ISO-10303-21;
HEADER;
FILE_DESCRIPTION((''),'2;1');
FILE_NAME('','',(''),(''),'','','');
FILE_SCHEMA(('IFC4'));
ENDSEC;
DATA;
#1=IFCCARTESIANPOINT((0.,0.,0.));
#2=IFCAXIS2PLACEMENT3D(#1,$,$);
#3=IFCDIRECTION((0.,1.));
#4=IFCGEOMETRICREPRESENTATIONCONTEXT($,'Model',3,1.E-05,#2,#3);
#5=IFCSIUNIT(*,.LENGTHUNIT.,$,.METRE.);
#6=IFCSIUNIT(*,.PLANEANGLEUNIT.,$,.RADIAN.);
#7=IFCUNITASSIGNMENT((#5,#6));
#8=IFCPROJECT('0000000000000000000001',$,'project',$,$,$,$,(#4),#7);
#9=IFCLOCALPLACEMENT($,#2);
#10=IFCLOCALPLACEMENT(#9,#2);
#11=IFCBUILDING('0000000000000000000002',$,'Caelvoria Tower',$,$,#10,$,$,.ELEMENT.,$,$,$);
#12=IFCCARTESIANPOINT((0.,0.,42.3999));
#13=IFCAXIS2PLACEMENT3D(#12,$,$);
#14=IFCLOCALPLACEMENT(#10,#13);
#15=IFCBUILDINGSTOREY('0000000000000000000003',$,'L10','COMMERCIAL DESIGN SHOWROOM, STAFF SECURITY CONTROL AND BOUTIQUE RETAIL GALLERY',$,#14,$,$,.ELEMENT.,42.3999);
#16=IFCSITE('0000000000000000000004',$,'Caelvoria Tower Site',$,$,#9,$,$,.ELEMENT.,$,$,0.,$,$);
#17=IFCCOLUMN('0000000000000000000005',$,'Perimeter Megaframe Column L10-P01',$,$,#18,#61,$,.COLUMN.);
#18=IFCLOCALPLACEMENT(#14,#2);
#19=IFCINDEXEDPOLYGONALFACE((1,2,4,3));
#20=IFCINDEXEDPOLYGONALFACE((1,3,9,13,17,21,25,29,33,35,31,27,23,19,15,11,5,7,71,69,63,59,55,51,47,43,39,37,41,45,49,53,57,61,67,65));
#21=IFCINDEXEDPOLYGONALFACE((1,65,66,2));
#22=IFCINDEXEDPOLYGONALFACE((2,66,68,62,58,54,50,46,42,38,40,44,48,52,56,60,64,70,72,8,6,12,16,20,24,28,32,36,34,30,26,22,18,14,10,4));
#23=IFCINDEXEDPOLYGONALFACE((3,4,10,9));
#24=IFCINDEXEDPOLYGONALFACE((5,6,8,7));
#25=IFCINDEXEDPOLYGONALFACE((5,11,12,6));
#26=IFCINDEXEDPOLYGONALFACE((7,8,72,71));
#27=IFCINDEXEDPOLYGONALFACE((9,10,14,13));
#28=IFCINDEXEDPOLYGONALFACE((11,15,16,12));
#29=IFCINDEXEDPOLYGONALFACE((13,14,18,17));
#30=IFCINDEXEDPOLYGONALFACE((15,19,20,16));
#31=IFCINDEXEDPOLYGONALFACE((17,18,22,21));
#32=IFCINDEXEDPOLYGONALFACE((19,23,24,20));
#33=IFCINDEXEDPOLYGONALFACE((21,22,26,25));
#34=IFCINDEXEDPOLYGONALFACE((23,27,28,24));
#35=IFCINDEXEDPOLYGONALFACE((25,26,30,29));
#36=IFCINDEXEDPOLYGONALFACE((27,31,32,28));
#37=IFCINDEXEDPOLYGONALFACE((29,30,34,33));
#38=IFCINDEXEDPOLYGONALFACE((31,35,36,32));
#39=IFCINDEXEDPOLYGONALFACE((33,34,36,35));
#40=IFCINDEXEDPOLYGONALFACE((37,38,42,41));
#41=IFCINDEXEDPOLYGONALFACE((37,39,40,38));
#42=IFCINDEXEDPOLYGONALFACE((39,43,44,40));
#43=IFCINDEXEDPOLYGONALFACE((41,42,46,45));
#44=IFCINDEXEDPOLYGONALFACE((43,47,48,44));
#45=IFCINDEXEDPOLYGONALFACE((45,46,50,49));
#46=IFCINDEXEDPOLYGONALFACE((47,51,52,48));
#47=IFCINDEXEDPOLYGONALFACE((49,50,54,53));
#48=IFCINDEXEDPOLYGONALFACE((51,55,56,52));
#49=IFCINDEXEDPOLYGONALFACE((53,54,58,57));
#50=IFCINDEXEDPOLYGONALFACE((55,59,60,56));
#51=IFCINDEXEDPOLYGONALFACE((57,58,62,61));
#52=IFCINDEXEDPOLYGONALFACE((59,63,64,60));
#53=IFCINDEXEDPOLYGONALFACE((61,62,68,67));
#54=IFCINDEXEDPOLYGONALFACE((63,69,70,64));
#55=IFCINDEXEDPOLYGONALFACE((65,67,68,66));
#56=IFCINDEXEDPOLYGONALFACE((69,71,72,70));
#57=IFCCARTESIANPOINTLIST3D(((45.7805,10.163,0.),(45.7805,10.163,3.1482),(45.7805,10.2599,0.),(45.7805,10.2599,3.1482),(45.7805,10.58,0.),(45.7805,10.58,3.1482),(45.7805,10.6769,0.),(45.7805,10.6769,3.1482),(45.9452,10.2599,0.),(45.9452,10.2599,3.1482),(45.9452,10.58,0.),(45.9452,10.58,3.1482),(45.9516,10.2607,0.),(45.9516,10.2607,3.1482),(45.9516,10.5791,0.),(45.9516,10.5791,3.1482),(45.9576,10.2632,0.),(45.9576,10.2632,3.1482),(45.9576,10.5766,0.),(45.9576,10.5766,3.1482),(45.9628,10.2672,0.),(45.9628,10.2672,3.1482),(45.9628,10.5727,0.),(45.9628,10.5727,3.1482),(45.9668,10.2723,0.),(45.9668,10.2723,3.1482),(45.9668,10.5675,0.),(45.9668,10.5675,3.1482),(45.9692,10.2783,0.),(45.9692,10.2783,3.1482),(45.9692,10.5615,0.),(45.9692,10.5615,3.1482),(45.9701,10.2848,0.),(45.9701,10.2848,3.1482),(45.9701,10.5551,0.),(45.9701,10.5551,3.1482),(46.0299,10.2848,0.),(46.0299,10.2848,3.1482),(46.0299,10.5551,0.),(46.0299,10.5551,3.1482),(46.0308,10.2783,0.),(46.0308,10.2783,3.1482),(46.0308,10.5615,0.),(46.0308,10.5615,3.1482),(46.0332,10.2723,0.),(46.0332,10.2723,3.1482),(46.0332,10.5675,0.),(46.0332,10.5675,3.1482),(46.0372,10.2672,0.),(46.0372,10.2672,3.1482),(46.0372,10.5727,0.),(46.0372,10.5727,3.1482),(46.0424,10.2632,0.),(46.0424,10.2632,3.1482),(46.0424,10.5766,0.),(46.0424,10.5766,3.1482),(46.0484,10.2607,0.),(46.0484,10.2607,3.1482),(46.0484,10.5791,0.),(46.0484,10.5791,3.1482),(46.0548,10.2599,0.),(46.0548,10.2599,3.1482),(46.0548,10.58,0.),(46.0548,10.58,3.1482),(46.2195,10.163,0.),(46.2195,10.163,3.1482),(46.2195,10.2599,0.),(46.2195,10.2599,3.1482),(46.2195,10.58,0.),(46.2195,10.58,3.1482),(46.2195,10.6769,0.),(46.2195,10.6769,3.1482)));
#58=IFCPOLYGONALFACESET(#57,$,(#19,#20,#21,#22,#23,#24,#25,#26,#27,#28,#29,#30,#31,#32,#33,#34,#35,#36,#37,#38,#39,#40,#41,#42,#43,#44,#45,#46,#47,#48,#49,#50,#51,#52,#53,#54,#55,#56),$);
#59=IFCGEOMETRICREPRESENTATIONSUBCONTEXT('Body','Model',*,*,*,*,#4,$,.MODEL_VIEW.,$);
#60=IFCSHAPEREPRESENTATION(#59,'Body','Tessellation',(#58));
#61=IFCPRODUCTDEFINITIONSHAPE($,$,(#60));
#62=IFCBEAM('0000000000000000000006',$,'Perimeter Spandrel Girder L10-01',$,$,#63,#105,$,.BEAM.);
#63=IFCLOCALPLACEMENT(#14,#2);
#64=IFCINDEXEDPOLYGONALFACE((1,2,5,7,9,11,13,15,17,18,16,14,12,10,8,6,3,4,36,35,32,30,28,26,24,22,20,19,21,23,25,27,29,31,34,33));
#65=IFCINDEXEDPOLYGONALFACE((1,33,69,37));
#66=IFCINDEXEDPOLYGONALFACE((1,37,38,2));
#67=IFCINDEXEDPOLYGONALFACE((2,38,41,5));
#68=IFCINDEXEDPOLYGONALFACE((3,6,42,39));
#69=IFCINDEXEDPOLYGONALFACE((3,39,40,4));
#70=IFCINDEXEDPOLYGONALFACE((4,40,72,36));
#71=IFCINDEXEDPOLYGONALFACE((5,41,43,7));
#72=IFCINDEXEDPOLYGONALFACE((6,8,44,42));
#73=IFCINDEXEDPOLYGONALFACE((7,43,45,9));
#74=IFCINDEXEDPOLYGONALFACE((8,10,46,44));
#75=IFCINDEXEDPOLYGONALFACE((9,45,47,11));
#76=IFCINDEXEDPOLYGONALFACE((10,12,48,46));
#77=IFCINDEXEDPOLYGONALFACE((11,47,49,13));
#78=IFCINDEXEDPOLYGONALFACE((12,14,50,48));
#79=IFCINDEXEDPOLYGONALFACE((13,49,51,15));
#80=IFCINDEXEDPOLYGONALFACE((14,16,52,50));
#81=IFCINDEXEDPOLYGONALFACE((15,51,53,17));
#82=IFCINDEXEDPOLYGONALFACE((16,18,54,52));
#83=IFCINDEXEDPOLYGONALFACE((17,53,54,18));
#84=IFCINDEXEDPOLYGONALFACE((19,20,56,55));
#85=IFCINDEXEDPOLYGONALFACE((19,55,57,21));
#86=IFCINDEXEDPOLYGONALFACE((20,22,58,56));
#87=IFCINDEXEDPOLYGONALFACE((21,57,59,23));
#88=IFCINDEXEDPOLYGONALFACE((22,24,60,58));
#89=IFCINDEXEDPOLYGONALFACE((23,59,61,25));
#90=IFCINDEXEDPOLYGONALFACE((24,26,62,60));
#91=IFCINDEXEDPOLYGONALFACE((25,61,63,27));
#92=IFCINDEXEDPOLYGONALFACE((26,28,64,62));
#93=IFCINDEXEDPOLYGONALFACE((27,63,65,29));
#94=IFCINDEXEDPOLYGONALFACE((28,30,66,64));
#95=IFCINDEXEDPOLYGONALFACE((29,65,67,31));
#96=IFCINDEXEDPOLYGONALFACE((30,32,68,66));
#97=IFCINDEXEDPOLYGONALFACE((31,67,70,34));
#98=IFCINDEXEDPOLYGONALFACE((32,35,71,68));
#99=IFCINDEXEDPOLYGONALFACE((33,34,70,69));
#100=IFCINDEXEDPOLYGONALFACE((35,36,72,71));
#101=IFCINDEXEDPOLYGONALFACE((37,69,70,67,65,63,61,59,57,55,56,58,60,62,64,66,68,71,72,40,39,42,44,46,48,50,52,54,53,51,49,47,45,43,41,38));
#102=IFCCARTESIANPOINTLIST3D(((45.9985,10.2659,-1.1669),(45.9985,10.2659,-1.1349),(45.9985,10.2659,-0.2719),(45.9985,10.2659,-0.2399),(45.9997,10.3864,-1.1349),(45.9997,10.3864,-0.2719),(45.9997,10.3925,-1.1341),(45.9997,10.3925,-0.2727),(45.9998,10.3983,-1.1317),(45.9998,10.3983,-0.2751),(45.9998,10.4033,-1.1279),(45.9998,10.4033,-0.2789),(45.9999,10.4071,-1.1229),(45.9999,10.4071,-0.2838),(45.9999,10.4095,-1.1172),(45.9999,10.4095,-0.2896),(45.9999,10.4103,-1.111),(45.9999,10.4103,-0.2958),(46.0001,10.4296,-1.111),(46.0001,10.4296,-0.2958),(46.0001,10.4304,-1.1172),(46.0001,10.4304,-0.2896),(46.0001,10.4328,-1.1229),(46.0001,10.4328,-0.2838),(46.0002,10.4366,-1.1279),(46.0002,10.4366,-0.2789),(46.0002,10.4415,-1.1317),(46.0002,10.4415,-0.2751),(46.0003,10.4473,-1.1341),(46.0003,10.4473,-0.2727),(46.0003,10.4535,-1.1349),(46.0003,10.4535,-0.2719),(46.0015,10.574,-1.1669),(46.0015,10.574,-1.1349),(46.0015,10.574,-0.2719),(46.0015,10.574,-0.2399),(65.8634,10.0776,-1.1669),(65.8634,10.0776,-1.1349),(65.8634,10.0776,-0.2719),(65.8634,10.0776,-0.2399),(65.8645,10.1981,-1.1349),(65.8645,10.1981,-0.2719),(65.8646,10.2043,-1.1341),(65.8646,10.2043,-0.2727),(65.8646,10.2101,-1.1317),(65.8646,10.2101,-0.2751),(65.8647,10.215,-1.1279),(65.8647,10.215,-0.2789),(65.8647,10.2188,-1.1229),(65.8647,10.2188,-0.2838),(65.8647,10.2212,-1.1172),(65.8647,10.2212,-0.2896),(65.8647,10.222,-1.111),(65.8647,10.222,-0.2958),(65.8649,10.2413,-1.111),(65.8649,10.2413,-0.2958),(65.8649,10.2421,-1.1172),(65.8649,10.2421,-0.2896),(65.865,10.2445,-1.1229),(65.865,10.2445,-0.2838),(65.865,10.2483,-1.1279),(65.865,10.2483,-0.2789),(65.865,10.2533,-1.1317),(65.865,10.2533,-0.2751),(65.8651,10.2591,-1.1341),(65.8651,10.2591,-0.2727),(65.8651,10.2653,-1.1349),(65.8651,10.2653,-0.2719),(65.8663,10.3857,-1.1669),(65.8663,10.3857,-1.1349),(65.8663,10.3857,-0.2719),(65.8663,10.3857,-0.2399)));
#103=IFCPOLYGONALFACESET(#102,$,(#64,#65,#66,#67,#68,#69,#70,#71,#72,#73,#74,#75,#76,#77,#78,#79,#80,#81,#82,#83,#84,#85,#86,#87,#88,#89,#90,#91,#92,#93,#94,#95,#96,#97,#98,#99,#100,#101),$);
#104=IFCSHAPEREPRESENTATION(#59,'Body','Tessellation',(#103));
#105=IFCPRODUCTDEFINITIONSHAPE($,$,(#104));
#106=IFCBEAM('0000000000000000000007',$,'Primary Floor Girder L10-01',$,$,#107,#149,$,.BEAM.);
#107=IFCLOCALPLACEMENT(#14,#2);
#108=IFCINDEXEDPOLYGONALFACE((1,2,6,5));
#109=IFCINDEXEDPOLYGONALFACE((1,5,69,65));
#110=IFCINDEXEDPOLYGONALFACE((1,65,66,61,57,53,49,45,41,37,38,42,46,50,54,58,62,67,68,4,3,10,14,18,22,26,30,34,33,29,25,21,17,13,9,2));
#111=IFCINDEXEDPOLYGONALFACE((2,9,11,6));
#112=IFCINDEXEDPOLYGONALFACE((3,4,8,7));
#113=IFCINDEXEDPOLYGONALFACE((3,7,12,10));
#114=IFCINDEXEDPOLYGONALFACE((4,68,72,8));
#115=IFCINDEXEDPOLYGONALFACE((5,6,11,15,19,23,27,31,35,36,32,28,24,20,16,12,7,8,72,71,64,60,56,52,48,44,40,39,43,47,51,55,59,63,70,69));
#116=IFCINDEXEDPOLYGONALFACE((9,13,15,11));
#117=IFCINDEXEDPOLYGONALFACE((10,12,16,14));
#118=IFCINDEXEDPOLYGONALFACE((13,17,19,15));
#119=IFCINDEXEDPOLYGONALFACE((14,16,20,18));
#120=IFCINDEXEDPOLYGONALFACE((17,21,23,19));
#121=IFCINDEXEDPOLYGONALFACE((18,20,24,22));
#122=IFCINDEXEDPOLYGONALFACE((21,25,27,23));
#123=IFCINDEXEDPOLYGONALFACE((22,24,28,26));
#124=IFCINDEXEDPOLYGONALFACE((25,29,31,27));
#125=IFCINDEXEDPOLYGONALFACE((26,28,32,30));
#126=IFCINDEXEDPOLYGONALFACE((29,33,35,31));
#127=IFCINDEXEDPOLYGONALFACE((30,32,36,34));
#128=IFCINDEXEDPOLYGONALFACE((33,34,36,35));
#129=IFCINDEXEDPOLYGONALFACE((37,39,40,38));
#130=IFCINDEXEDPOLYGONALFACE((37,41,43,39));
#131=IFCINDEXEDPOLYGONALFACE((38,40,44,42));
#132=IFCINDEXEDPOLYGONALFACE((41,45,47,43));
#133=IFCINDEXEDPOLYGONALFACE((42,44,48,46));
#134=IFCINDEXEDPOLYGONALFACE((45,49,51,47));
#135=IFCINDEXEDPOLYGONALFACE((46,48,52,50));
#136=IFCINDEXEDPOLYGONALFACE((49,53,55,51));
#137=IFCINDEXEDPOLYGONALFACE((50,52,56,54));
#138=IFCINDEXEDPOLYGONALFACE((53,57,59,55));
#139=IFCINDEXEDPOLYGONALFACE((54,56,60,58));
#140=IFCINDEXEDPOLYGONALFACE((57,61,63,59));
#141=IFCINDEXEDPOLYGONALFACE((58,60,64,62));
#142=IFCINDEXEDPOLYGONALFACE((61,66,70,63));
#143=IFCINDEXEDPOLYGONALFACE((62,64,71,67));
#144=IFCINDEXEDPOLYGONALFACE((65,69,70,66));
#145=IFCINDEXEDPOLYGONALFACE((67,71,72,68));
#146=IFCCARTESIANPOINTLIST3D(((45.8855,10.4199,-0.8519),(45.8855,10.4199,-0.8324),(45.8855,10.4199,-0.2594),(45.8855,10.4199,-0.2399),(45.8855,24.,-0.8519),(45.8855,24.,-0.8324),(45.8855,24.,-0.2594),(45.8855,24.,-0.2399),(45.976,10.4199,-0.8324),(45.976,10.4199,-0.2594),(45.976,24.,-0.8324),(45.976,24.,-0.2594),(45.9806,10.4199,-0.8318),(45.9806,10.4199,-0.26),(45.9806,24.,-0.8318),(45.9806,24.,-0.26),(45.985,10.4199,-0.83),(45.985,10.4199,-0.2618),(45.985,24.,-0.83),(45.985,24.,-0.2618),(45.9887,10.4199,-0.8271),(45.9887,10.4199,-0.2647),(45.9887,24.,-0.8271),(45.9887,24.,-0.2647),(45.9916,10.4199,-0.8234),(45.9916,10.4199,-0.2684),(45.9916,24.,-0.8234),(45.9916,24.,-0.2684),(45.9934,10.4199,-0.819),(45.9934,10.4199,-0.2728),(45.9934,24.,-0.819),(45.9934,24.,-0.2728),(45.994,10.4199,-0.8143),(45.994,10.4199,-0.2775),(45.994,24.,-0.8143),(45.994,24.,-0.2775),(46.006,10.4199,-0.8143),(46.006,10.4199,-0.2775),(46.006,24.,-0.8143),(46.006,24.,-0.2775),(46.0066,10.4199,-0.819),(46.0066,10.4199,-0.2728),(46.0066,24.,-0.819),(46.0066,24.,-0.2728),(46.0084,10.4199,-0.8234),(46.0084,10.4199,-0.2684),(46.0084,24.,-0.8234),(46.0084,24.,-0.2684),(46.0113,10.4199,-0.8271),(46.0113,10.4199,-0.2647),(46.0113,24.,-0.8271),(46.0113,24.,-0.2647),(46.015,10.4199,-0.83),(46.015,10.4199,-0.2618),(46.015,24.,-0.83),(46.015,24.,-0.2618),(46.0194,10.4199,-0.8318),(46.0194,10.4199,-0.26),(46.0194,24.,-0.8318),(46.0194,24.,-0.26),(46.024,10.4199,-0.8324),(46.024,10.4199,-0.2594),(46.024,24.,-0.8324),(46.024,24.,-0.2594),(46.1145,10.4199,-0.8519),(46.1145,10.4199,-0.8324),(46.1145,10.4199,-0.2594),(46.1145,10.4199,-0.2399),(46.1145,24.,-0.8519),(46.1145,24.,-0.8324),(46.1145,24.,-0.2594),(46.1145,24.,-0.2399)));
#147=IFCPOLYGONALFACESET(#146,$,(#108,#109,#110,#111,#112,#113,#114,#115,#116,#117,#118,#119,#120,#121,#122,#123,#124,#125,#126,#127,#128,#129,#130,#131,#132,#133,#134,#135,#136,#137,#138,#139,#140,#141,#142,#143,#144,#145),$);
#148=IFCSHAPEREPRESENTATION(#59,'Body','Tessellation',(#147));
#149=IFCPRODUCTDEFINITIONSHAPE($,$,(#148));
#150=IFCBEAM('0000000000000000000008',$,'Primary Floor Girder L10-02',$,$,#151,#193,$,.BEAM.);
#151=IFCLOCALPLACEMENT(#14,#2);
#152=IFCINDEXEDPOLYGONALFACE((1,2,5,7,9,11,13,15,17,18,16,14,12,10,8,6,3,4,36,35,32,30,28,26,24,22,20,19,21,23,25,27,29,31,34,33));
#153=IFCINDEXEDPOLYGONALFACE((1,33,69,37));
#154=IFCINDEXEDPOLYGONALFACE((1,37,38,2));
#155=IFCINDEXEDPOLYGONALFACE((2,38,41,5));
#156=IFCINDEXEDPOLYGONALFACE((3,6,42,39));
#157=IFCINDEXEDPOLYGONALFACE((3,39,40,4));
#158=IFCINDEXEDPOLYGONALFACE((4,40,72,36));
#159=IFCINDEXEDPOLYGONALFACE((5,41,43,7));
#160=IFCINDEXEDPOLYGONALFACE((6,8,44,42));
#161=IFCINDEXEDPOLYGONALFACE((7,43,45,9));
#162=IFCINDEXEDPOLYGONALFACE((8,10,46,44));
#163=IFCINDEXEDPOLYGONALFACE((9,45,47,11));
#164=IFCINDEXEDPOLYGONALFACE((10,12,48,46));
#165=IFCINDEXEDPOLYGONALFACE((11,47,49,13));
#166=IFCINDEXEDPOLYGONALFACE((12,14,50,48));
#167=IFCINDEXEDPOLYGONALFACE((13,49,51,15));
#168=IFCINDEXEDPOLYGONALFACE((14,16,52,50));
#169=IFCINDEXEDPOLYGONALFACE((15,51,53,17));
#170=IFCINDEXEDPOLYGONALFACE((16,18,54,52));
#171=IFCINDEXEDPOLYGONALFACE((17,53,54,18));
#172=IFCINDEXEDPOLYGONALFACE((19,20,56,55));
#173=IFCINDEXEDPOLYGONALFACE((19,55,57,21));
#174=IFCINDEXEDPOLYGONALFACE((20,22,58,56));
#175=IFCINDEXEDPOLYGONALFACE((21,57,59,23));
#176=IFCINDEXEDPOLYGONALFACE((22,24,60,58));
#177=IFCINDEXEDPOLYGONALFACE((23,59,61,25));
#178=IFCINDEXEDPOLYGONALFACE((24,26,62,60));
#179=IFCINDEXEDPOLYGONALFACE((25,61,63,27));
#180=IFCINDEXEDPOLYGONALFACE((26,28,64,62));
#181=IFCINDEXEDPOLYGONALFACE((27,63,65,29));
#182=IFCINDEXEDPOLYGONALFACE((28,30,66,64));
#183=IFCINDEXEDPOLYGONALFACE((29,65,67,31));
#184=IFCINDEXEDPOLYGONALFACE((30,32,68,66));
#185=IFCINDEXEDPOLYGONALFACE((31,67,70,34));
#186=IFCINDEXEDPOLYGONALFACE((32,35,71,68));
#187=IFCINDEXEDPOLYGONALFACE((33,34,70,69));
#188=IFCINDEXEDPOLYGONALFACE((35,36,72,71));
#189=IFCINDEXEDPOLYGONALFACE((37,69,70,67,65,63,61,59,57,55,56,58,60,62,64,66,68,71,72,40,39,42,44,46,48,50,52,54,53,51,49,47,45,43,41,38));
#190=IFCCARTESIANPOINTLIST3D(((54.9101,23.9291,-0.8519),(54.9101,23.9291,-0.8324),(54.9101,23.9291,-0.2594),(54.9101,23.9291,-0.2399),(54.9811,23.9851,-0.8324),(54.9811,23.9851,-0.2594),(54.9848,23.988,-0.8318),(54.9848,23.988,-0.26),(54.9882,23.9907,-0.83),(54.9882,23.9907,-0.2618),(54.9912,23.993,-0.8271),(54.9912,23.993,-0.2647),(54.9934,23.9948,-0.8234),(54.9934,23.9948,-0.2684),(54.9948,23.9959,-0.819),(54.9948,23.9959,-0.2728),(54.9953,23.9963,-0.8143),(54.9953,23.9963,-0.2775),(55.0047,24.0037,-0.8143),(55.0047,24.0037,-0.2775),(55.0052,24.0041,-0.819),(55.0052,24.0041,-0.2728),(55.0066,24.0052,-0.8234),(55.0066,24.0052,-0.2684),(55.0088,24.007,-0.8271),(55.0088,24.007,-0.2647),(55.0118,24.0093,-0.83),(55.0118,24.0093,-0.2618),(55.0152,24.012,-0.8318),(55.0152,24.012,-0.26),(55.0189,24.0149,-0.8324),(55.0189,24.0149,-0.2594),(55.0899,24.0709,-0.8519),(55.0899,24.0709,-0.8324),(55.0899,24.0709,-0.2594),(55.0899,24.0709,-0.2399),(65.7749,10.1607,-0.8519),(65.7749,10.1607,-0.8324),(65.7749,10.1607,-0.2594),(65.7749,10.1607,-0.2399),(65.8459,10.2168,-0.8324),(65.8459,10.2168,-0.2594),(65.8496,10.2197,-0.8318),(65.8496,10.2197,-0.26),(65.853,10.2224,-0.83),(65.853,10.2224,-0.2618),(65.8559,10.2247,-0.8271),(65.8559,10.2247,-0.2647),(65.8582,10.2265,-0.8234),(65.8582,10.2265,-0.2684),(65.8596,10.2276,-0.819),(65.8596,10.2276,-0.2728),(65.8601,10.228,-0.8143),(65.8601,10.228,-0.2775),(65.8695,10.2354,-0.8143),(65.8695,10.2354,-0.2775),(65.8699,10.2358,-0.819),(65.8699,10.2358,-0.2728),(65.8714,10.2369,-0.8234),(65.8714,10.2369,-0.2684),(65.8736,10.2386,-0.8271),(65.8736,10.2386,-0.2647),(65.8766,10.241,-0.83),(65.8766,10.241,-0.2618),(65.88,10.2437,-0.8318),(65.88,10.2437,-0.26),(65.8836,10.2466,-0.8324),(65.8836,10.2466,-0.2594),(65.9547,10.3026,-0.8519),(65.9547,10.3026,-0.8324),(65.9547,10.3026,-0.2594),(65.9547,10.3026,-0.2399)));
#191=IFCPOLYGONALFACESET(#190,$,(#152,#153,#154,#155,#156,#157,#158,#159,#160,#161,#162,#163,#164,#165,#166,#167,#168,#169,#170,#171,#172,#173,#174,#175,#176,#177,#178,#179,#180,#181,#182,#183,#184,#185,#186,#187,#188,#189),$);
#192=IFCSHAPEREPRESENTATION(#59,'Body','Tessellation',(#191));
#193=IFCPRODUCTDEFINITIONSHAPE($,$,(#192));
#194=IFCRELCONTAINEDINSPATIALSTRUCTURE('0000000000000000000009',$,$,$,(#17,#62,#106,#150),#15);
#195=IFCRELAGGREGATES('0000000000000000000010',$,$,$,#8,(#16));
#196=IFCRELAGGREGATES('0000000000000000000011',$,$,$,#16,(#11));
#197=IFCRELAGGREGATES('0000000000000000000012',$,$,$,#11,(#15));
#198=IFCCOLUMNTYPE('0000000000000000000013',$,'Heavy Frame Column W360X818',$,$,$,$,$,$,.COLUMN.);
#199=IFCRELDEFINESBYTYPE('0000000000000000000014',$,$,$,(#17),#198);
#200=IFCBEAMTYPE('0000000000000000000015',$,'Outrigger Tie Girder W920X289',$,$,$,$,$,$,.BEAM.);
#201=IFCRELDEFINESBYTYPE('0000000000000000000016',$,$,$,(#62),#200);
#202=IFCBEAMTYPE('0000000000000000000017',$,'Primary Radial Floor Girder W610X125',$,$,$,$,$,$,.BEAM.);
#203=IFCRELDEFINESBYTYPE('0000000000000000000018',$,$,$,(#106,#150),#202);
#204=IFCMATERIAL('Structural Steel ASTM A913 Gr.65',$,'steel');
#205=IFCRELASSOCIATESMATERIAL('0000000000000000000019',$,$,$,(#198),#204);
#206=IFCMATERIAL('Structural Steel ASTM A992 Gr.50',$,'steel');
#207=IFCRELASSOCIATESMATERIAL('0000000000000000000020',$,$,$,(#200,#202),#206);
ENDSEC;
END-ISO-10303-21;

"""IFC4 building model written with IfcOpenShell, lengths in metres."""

from ifc_helpers import new_model, si_unit, direction, frame, origin, origin_2d, place, context, subcontext, project, spatial, i_section, extrude, material, material_profile, profile_set, type_object, element, save


model = new_model("IFC4")

# Units and contexts
model_context = context("Model", 3, precision=1e-05, world=origin(), true_north=direction((0.0, 1.0)))
body_context = subcontext(model_context, "Body", "Model", "MODEL_VIEW")
ifc_project = project(units=[si_unit("LENGTHUNIT", "METRE"), si_unit("PLANEANGLEUNIT", "RADIAN")], contexts=[model_context])

# Site, building, storey
site_placement = place(None, origin())
site = spatial("IfcSite", under=ifc_project, at=site_placement, Name="Caelvoria Tower Site", CompositionType="ELEMENT", RefElevation=0.0)
building_placement = place(site_placement, origin())
building = spatial("IfcBuilding", under=site, at=building_placement, Name="Caelvoria Tower", CompositionType="ELEMENT")
storey_placement = place(building_placement, frame((0.0, 0.0, 42.3999)))
storey = spatial("IfcBuildingStorey", under=building, at=storey_placement, Name="L10", Description="COMMERCIAL DESIGN SHOWROOM, STAFF SECURITY CONTROL AND BOUTIQUE RETAIL GALLERY", CompositionType="ELEMENT", Elevation=42.3999)

# Column
ifc_material_1 = material(Name="Structural Steel ASTM A913 Gr.65", Category="steel")
ifc_material_profile_1 = material_profile(ifc_material_1, i_section(OverallWidth=0.439, OverallDepth=0.5139, WebThickness=0.0598, FlangeThickness=0.0969, FilletRadius=0.0249, at=origin_2d()), Name="Structural Steel ASTM A913 Gr.65")
ifc_profile_set_1 = profile_set([ifc_material_profile_1], Name="W360X818 - Structural Steel ASTM A913 Gr.65")
column_type = type_object("IfcColumnType", Name="Heavy Frame Column W360X818", PredefinedType="COLUMN", material=ifc_profile_set_1)
column_placement = place(storey_placement, frame((46.0, 10.4199, 0.0), z_axis=(0.0, 0.0, 1.0), x_axis=(1.0, 0.0, 0.0)))
element("IfcColumn", 1, at=column_placement, inside=storey, type_object=column_type, Name="Perimeter Megaframe Column L10-P01", PredefinedType="COLUMN", context=body_context, shape_type="SweptSolid", body=[
    extrude(i_section(OverallWidth=0.439, OverallDepth=0.5139, WebThickness=0.0598, FlangeThickness=0.0969, FilletRadius=0.0249, at=origin_2d()), origin(), (0.0, 0.0, 1.0), 3.1482),
])

# Beams
ifc_material_2 = material(Name="Structural Steel ASTM A992 Gr.50", Category="steel")
ifc_material_profile_2 = material_profile(ifc_material_2, i_section(OverallWidth=0.3081, OverallDepth=0.927, WebThickness=0.0193, FlangeThickness=0.032, FilletRadius=0.0239, at=origin_2d()), Name="Structural Steel ASTM A992 Gr.50")
ifc_profile_set_2 = profile_set([ifc_material_profile_2], Name="W920X289 - Structural Steel ASTM A992 Gr.50")
beam_type_1 = type_object("IfcBeamType", Name="Outrigger Tie Girder W920X289", PredefinedType="BEAM", material=ifc_profile_set_2)
beam_1_placement = place(storey_placement, frame((46.0, 10.4199, -0.7034), z_axis=(0.999955, -0.009475, 0.0), x_axis=(0.009475, 0.999955, 0.0)))
element("IfcBeam", 2, at=beam_1_placement, inside=storey, type_object=beam_type_1, Name="Perimeter Spandrel Girder L10-01", PredefinedType="BEAM", context=body_context, shape_type="SweptSolid", body=[
    extrude(i_section(OverallWidth=0.3081, OverallDepth=0.927, WebThickness=0.0193, FlangeThickness=0.032, FilletRadius=0.0239, at=origin_2d()), origin(), (0.0, 0.0, 1.0), 19.8657),
])
ifc_material_profile_3 = material_profile(ifc_material_2, i_section(OverallWidth=0.229, OverallDepth=0.6121, WebThickness=0.012, FlangeThickness=0.0195, FilletRadius=0.0181, at=origin_2d()), Name="Structural Steel ASTM A992 Gr.50")
ifc_profile_set_3 = profile_set([ifc_material_profile_3], Name="W610X125 - Structural Steel ASTM A992 Gr.50")
beam_type_2 = type_object("IfcBeamType", Name="Primary Radial Floor Girder W610X125", PredefinedType="BEAM", material=ifc_profile_set_3)
beam_2_placement = place(storey_placement, frame((46.0, 24.0, -0.5459), z_axis=(0.0, -1.0, 0.0), x_axis=(1.0, 0.0, 0.0)))
element("IfcBeam", 3, at=beam_2_placement, inside=storey, type_object=beam_type_2, Name="Primary Floor Girder L10-01", PredefinedType="BEAM", context=body_context, shape_type="SweptSolid", body=[
    extrude(i_section(OverallWidth=0.229, OverallDepth=0.6121, WebThickness=0.012, FlangeThickness=0.0195, FilletRadius=0.0181, at=origin_2d()), origin(), (0.0, 0.0, 1.0), 13.5801),
])
beam_3_placement = place(storey_placement, frame((55.0, 24.0, -0.5459), z_axis=(0.61947, -0.785021, 0.0), x_axis=(0.785021, 0.61947, 0.0)))
element("IfcBeam", 4, at=beam_3_placement, inside=storey, type_object=beam_type_2, Name="Primary Floor Girder L10-02", PredefinedType="BEAM", context=body_context, shape_type="SweptSolid", body=[
    extrude(i_section(OverallWidth=0.229, OverallDepth=0.6121, WebThickness=0.012, FlangeThickness=0.0195, FilletRadius=0.0181, at=origin_2d()), origin(), (0.0, 0.0, 1.0), 17.5388),
])

save(model, "model.ifc")
